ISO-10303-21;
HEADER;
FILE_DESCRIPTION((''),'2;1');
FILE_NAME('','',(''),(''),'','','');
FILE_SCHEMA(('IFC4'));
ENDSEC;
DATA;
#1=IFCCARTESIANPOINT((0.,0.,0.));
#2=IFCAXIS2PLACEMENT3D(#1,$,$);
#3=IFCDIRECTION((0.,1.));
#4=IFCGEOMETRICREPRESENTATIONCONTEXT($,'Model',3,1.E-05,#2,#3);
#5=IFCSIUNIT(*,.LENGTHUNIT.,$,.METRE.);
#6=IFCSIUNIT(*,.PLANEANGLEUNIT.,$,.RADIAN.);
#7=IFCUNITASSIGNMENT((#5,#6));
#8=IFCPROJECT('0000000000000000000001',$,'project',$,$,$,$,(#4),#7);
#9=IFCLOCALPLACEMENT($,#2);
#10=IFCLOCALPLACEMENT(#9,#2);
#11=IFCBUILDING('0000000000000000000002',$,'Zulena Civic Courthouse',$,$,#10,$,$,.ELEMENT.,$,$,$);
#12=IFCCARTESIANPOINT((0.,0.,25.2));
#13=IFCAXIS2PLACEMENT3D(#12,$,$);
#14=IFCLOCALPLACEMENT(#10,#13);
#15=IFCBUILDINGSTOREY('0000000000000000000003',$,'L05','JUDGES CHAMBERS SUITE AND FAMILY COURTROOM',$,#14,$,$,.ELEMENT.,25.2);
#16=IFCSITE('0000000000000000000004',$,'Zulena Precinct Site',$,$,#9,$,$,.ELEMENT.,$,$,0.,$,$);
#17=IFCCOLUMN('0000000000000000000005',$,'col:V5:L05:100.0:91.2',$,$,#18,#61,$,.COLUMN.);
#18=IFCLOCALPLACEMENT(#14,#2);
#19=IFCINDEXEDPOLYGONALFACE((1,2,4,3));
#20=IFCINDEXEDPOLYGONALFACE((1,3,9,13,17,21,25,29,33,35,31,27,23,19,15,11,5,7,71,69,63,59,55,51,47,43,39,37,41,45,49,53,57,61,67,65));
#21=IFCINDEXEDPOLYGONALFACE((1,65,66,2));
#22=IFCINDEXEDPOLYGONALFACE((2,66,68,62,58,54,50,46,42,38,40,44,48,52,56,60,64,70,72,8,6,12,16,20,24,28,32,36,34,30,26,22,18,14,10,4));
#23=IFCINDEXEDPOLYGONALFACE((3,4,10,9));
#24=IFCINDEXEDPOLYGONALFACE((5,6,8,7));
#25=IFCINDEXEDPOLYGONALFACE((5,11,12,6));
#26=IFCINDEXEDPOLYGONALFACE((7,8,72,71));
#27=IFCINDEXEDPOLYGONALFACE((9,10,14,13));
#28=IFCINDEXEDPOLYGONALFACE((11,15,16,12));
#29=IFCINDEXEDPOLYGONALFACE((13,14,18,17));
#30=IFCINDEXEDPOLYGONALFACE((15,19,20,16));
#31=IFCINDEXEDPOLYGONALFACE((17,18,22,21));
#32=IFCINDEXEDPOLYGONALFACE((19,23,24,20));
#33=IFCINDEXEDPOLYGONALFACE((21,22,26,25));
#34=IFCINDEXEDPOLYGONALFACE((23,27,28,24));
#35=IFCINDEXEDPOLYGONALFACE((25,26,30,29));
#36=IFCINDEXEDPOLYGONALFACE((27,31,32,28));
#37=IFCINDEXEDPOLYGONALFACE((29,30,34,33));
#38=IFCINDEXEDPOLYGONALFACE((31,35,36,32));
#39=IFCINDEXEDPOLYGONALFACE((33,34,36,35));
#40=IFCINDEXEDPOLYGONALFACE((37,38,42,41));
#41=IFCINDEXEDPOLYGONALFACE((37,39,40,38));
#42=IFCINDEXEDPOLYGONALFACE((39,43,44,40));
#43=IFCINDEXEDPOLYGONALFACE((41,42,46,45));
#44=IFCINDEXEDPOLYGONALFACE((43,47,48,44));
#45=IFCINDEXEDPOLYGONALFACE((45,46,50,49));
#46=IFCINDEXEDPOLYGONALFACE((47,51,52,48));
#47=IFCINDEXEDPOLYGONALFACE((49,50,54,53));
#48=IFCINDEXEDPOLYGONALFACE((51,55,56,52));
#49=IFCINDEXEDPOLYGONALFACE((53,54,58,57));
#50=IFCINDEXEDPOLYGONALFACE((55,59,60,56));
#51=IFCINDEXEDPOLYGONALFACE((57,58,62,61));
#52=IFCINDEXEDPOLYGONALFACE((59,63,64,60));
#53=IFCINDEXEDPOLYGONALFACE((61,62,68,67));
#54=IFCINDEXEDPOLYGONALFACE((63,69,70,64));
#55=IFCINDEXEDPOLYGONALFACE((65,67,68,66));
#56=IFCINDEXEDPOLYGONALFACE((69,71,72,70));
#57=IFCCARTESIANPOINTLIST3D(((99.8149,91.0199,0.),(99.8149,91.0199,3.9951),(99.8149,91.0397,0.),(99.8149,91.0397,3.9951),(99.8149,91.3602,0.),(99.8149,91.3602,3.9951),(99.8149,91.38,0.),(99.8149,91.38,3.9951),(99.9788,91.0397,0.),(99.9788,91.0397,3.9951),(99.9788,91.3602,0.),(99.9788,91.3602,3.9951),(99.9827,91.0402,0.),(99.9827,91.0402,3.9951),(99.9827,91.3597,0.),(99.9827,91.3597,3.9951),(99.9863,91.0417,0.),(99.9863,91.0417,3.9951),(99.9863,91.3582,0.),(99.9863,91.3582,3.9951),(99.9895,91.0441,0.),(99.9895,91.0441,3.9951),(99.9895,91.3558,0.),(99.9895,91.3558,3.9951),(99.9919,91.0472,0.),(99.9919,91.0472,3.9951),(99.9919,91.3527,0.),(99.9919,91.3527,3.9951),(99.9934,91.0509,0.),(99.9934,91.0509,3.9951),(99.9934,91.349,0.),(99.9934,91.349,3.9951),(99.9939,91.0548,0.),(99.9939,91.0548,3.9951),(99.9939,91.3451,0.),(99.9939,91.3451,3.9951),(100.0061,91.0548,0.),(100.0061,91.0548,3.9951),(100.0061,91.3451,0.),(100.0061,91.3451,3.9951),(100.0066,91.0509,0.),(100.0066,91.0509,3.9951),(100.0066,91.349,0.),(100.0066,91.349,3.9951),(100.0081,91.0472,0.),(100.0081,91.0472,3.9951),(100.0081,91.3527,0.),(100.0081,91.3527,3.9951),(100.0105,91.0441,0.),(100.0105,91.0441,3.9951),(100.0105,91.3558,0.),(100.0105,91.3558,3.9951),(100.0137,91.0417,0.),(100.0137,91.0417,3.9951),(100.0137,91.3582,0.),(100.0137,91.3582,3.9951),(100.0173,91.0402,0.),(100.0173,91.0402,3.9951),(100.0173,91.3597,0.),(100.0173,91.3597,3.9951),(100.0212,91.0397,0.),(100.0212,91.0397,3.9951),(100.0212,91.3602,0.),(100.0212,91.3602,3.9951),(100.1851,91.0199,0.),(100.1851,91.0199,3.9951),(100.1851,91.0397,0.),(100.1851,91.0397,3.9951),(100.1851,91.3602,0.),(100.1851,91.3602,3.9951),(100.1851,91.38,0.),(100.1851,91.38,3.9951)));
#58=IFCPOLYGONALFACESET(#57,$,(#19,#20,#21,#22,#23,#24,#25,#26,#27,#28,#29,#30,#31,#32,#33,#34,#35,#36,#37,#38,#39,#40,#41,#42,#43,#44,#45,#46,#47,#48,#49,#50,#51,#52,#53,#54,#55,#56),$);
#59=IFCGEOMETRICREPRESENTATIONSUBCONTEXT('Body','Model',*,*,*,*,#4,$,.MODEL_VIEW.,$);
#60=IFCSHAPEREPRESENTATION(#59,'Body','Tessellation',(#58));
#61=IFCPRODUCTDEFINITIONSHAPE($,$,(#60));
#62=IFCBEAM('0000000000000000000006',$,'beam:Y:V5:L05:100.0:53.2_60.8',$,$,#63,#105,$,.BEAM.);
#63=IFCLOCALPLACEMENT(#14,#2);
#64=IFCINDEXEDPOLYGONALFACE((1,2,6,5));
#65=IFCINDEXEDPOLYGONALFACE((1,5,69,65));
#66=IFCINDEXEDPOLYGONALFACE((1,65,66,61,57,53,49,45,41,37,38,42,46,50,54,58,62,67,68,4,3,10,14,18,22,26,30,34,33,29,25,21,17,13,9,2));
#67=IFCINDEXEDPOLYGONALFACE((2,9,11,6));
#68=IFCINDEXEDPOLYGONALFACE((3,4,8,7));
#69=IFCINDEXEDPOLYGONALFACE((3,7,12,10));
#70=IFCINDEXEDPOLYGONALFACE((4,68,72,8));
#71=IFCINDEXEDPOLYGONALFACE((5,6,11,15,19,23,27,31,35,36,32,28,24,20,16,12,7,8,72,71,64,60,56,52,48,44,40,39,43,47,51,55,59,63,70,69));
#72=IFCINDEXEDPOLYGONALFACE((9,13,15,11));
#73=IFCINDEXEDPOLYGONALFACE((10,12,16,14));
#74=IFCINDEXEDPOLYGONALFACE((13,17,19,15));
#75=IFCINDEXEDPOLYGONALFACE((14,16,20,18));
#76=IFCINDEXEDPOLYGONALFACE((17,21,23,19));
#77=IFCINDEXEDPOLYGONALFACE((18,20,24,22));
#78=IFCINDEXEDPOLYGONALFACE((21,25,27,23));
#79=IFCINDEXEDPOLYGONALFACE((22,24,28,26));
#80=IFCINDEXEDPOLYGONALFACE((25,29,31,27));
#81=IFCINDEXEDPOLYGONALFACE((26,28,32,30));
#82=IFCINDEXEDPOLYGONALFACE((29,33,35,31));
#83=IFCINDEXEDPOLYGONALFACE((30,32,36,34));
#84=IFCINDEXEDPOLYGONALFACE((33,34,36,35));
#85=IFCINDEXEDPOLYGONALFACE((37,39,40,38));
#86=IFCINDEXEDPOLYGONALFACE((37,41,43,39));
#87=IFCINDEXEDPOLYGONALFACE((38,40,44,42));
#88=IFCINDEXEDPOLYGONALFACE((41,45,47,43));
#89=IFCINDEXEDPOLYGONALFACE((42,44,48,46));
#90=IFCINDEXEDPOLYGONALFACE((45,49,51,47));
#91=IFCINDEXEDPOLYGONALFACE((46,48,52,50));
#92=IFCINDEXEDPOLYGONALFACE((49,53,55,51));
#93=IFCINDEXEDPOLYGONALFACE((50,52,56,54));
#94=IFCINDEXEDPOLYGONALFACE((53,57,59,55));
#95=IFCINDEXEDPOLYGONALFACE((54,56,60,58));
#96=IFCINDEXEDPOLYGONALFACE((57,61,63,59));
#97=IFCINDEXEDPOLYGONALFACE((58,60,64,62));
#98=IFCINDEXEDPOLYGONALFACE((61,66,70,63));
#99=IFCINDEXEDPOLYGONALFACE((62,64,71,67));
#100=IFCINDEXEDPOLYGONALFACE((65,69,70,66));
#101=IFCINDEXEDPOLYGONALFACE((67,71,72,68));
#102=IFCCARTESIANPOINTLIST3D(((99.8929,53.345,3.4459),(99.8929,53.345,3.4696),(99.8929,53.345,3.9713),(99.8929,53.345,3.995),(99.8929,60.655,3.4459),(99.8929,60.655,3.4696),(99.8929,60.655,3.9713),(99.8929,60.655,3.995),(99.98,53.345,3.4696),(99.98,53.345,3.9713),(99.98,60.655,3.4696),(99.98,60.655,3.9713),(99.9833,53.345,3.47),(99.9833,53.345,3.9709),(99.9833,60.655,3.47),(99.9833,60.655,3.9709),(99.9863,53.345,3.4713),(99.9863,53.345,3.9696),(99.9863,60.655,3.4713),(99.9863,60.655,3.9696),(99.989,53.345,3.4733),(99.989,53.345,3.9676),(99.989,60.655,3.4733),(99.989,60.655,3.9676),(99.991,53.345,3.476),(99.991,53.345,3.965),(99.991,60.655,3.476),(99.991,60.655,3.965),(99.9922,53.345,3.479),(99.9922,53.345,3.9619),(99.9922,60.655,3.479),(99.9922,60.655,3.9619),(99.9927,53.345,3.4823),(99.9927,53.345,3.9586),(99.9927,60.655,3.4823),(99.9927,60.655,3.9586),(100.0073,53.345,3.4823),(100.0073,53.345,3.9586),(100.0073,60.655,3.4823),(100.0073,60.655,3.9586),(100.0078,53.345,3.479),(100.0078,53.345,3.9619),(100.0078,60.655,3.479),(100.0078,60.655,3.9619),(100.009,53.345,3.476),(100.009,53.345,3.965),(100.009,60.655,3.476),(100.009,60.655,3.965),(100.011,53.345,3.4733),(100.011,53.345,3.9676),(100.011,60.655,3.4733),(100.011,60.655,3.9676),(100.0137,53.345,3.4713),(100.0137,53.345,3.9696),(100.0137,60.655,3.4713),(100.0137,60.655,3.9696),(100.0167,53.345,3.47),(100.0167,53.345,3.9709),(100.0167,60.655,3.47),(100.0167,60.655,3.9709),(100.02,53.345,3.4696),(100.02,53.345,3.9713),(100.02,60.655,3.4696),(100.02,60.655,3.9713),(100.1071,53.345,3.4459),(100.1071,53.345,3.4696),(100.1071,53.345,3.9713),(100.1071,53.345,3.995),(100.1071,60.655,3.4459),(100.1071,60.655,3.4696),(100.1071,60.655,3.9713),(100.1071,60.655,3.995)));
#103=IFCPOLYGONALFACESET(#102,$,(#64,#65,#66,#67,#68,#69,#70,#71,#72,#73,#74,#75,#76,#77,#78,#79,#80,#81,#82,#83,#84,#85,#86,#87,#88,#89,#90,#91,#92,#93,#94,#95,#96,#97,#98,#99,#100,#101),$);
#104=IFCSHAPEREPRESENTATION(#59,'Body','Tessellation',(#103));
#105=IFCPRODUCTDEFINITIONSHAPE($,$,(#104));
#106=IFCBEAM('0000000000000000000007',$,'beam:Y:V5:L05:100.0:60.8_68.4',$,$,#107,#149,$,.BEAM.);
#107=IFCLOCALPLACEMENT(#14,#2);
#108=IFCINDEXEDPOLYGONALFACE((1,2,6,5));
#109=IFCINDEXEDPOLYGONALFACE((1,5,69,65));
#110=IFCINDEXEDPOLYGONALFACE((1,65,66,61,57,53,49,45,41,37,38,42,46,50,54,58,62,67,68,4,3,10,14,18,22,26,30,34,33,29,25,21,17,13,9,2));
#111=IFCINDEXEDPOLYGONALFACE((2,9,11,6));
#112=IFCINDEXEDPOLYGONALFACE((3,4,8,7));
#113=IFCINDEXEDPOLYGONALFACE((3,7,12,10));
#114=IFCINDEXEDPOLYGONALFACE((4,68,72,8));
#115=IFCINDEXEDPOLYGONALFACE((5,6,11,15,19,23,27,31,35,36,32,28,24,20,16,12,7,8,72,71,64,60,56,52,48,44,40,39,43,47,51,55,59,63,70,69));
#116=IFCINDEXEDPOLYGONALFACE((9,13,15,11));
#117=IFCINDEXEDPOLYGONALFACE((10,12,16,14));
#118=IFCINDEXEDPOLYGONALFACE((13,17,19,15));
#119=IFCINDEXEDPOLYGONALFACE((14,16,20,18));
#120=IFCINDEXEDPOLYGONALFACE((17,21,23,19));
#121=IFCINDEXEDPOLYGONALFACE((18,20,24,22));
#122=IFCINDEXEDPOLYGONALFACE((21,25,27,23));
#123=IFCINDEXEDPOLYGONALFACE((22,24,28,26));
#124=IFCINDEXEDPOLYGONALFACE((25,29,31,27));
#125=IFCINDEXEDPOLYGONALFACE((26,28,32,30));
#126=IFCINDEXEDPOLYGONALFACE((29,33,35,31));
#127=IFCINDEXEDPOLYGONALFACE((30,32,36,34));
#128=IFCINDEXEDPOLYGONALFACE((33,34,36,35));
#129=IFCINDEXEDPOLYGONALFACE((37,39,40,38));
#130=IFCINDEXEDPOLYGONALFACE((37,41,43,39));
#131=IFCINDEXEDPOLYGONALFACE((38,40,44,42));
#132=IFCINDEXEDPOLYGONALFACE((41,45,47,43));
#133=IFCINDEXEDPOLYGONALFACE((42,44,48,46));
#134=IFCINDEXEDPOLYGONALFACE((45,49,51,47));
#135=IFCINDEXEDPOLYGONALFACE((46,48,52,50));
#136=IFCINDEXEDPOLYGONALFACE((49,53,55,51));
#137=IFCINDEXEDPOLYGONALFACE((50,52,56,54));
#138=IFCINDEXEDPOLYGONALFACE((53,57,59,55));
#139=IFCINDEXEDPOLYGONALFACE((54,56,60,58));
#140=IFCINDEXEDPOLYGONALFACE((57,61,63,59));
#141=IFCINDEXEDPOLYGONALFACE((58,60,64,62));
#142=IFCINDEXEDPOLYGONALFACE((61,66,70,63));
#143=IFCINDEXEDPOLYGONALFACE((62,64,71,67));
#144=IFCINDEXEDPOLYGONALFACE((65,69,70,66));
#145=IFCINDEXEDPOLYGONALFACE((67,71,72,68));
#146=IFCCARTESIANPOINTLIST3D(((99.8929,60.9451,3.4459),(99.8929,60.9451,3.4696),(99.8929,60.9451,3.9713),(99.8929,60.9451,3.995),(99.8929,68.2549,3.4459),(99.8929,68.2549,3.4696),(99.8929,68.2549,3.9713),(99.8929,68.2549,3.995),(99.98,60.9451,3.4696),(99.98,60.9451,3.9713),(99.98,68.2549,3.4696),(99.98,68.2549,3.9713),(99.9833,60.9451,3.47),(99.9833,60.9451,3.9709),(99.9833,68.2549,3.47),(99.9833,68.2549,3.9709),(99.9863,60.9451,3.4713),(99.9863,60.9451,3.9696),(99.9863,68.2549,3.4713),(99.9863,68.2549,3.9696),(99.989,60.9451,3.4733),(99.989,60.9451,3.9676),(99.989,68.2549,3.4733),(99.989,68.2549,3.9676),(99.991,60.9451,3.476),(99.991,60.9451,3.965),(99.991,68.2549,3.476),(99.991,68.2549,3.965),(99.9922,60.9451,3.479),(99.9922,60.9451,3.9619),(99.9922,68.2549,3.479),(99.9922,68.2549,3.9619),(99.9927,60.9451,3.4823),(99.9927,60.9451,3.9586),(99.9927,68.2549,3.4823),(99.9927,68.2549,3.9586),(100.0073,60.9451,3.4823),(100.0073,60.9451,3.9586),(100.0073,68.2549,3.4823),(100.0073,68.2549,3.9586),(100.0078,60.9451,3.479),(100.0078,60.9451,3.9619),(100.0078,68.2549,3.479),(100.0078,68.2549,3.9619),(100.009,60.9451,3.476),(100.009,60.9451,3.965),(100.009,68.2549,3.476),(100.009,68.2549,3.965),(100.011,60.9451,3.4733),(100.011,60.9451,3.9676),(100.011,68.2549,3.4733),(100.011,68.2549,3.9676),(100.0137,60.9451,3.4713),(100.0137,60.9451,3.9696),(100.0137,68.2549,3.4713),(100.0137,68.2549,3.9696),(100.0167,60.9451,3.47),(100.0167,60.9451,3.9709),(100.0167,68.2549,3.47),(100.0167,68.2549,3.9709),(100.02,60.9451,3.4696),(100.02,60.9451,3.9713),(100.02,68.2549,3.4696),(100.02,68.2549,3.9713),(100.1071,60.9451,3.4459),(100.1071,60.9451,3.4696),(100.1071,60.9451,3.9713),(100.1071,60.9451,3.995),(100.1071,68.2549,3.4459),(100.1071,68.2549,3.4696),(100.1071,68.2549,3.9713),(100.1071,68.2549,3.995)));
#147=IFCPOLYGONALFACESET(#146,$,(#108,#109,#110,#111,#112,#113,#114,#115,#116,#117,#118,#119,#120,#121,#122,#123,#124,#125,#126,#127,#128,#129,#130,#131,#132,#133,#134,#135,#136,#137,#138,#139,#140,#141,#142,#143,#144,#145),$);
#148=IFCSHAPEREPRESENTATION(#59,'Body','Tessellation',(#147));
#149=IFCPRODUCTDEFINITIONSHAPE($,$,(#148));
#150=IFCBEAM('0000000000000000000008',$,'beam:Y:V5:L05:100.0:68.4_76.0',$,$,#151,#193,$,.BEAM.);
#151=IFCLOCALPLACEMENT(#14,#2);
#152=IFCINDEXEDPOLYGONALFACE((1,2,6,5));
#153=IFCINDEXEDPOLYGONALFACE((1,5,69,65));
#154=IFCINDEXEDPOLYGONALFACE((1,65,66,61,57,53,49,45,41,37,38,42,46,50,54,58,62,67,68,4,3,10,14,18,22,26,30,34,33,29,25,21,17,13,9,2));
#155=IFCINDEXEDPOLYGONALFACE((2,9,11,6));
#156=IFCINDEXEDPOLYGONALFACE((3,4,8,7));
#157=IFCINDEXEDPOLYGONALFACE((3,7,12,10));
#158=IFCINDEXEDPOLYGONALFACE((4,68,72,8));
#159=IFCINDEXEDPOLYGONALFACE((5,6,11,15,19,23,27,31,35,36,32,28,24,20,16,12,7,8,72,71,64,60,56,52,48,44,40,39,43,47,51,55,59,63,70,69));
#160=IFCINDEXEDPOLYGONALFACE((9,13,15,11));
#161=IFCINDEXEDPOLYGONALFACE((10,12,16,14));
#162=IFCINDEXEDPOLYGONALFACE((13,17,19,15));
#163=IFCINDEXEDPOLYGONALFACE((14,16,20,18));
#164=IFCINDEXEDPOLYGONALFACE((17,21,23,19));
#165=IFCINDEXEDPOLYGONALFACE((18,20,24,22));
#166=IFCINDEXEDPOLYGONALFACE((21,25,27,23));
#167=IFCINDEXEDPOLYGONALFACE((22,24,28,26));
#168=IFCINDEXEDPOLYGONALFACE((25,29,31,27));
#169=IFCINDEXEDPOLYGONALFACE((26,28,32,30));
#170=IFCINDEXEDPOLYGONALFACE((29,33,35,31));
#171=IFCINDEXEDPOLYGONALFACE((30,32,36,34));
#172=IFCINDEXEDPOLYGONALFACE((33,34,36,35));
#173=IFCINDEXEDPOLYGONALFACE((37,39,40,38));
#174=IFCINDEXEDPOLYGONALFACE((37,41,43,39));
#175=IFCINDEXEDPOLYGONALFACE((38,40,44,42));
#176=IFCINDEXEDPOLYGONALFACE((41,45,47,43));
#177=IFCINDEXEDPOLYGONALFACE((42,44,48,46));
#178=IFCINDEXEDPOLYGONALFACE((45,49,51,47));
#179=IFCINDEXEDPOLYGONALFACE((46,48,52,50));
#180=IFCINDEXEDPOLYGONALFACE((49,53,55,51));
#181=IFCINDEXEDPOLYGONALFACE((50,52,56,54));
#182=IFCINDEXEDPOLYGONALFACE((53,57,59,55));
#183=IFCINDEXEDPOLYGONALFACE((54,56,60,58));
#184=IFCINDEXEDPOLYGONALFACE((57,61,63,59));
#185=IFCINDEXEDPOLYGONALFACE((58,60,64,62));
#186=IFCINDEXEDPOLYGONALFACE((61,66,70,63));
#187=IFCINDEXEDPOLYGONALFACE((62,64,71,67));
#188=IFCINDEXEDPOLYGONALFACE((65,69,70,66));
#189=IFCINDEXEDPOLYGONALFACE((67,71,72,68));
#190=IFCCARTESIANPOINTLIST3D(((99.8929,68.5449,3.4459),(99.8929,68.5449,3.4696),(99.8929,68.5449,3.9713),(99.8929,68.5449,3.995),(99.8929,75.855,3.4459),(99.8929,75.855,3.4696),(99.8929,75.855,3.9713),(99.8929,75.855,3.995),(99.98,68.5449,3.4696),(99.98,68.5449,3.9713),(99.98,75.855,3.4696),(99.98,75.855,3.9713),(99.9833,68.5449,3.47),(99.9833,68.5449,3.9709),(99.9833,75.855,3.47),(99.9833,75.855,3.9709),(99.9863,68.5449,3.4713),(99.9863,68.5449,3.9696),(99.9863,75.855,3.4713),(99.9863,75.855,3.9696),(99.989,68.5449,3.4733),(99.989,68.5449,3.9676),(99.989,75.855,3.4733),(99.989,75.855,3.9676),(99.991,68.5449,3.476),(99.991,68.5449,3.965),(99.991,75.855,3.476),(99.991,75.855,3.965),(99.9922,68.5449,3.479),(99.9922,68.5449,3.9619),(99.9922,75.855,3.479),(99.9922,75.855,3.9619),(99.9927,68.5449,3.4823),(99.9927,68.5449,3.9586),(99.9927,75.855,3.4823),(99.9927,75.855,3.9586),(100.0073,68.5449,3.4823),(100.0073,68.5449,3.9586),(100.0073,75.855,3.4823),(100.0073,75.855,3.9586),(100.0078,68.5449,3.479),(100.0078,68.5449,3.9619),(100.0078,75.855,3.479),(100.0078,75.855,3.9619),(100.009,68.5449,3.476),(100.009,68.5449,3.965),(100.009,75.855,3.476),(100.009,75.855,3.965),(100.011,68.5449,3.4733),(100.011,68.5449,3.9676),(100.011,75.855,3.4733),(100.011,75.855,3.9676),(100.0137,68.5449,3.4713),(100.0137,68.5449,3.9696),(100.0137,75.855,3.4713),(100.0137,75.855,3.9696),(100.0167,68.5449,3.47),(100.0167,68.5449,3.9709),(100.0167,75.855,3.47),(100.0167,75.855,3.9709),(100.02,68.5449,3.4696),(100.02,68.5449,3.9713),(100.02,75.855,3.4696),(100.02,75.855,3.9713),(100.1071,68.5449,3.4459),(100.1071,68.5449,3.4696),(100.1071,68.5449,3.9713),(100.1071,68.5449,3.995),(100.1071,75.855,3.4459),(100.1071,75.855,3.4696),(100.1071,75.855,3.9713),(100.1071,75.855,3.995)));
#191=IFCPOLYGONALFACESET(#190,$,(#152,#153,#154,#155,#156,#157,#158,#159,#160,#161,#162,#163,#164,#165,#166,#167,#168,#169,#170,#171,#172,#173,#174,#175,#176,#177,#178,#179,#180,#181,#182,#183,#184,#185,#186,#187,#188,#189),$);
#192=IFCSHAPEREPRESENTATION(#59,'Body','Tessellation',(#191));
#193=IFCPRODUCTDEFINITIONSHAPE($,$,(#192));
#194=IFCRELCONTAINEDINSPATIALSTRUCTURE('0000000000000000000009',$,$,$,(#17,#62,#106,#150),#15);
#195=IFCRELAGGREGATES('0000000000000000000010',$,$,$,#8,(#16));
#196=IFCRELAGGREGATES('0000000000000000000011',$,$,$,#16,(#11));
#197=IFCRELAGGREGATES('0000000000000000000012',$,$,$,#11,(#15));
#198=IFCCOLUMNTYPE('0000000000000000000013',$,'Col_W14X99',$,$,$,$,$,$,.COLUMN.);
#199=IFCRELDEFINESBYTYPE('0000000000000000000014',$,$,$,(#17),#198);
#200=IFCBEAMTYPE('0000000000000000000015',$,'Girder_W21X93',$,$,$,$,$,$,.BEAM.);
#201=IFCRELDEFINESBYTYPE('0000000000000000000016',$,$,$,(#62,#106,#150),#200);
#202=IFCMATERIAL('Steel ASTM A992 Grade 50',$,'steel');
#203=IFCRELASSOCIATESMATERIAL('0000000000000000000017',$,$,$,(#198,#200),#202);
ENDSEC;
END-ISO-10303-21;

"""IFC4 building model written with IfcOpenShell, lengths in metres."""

from ifc_helpers import new_model, si_unit, direction, frame, origin, origin_2d, place, context, subcontext, project, spatial, i_section, extrude, material, material_profile, profile_set, type_object, element, save


model = new_model("IFC4")

# Units and contexts
model_context = context("Model", 3, precision=1e-05, world=origin(), true_north=direction((0.0, 1.0)))
body_context = subcontext(model_context, "Body", "Model", "MODEL_VIEW")
ifc_project = project(units=[si_unit("LENGTHUNIT", "METRE"), si_unit("PLANEANGLEUNIT", "RADIAN")], contexts=[model_context])

# Site, building, storey
site_placement = place(None, origin())
site = spatial("IfcSite", under=ifc_project, at=site_placement, Name="Zulena Precinct Site", CompositionType="ELEMENT", RefElevation=0.0)
building_placement = place(site_placement, origin())
building = spatial("IfcBuilding", under=site, at=building_placement, Name="Zulena Civic Courthouse", CompositionType="ELEMENT")
storey_placement = place(building_placement, frame((0.0, 0.0, 25.2)))
storey = spatial("IfcBuildingStorey", under=building, at=storey_placement, Name="L05", Description="JUDGES CHAMBERS SUITE AND FAMILY COURTROOM", CompositionType="ELEMENT", Elevation=25.2)

# Column
ifc_material_1 = material(Name="Steel ASTM A992 Grade 50", Category="steel")
ifc_material_profile_1 = material_profile(ifc_material_1, i_section(OverallWidth=0.3701, OverallDepth=0.3601, WebThickness=0.0122, FlangeThickness=0.0198, FilletRadius=0.0151, at=origin_2d()), Name="W14X99")
ifc_profile_set_1 = profile_set([ifc_material_profile_1], Name="Steel ASTM A992 Grade 50")
column_type = type_object("IfcColumnType", Name="Col_W14X99", PredefinedType="COLUMN", material=ifc_profile_set_1)
for number, where, z_axis, x_axis, name in (
    (1, (100.0, 91.2, 0.0), (0.0, 0.0, 1.0), (1.0, 0.0, 0.0), "col:V5:L05:100.0:91.2"),
):
    element("IfcColumn", number, at=place(storey_placement, frame(where, z_axis=z_axis, x_axis=x_axis)), inside=storey, type_object=column_type, Name=name, PredefinedType="COLUMN", context=body_context, shape_type="SweptSolid", body=[
        extrude(i_section(OverallWidth=0.3701, OverallDepth=0.3601, WebThickness=0.0122, FlangeThickness=0.0198, FilletRadius=0.0151, at=origin_2d()), origin(), (0.0, 0.0, 1.0), 3.9951),
    ])

# Beams
ifc_material_profile_2 = material_profile(ifc_material_1, i_section(OverallWidth=0.2141, OverallDepth=0.5491, WebThickness=0.0146, FlangeThickness=0.0237, FilletRadius=0.0127, at=origin_2d()), Name="W21X93")
ifc_profile_set_2 = profile_set([ifc_material_profile_2], Name="Steel ASTM A992 Grade 50")
beam_type_1 = type_object("IfcBeamType", Name="Girder_W21X93", PredefinedType="BEAM", material=ifc_profile_set_2)
beam_1_placement = place(storey_placement, frame((100.0, 53.345, 3.7205), z_axis=(0.0, 1.0, 0.0), x_axis=(-1.0, 0.0, 0.0)))
element("IfcBeam", 2, at=beam_1_placement, inside=storey, type_object=beam_type_1, Name="beam:Y:V5:L05:100.0:53.2_60.8", PredefinedType="BEAM", context=body_context, shape_type="SweptSolid", body=[
    extrude(i_section(OverallWidth=0.2141, OverallDepth=0.5491, WebThickness=0.0146, FlangeThickness=0.0237, FilletRadius=0.0127, at=origin_2d()), origin(), (0.0, 0.0, 1.0), 7.3101),
])
beam_2_placement = place(storey_placement, frame((100.0, 60.9451, 3.7205), z_axis=(0.0, 1.0, 0.0), x_axis=(-1.0, 0.0, 0.0)))
element("IfcBeam", 3, at=beam_2_placement, inside=storey, type_object=beam_type_1, Name="beam:Y:V5:L05:100.0:60.8_68.4", PredefinedType="BEAM", context=body_context, shape_type="SweptSolid", body=[
    extrude(i_section(OverallWidth=0.2141, OverallDepth=0.5491, WebThickness=0.0146, FlangeThickness=0.0237, FilletRadius=0.0127, at=origin_2d()), origin(), (0.0, 0.0, 1.0), 7.3098),
])
for number, where, z_axis, x_axis, name in (
    (4, (100.0, 68.5449, 3.7205), (0.0, 1.0, 0.0), (-1.0, 0.0, 0.0), "beam:Y:V5:L05:100.0:68.4_76.0"),
):
    element("IfcBeam", number, at=place(storey_placement, frame(where, z_axis=z_axis, x_axis=x_axis)), inside=storey, type_object=beam_type_1, Name=name, PredefinedType="BEAM", context=body_context, shape_type="SweptSolid", body=[
        extrude(i_section(OverallWidth=0.2141, OverallDepth=0.5491, WebThickness=0.0146, FlangeThickness=0.0237, FilletRadius=0.0127, at=origin_2d()), origin(), (0.0, 0.0, 1.0), 7.3101),
    ])

save(model, "model.ifc")
